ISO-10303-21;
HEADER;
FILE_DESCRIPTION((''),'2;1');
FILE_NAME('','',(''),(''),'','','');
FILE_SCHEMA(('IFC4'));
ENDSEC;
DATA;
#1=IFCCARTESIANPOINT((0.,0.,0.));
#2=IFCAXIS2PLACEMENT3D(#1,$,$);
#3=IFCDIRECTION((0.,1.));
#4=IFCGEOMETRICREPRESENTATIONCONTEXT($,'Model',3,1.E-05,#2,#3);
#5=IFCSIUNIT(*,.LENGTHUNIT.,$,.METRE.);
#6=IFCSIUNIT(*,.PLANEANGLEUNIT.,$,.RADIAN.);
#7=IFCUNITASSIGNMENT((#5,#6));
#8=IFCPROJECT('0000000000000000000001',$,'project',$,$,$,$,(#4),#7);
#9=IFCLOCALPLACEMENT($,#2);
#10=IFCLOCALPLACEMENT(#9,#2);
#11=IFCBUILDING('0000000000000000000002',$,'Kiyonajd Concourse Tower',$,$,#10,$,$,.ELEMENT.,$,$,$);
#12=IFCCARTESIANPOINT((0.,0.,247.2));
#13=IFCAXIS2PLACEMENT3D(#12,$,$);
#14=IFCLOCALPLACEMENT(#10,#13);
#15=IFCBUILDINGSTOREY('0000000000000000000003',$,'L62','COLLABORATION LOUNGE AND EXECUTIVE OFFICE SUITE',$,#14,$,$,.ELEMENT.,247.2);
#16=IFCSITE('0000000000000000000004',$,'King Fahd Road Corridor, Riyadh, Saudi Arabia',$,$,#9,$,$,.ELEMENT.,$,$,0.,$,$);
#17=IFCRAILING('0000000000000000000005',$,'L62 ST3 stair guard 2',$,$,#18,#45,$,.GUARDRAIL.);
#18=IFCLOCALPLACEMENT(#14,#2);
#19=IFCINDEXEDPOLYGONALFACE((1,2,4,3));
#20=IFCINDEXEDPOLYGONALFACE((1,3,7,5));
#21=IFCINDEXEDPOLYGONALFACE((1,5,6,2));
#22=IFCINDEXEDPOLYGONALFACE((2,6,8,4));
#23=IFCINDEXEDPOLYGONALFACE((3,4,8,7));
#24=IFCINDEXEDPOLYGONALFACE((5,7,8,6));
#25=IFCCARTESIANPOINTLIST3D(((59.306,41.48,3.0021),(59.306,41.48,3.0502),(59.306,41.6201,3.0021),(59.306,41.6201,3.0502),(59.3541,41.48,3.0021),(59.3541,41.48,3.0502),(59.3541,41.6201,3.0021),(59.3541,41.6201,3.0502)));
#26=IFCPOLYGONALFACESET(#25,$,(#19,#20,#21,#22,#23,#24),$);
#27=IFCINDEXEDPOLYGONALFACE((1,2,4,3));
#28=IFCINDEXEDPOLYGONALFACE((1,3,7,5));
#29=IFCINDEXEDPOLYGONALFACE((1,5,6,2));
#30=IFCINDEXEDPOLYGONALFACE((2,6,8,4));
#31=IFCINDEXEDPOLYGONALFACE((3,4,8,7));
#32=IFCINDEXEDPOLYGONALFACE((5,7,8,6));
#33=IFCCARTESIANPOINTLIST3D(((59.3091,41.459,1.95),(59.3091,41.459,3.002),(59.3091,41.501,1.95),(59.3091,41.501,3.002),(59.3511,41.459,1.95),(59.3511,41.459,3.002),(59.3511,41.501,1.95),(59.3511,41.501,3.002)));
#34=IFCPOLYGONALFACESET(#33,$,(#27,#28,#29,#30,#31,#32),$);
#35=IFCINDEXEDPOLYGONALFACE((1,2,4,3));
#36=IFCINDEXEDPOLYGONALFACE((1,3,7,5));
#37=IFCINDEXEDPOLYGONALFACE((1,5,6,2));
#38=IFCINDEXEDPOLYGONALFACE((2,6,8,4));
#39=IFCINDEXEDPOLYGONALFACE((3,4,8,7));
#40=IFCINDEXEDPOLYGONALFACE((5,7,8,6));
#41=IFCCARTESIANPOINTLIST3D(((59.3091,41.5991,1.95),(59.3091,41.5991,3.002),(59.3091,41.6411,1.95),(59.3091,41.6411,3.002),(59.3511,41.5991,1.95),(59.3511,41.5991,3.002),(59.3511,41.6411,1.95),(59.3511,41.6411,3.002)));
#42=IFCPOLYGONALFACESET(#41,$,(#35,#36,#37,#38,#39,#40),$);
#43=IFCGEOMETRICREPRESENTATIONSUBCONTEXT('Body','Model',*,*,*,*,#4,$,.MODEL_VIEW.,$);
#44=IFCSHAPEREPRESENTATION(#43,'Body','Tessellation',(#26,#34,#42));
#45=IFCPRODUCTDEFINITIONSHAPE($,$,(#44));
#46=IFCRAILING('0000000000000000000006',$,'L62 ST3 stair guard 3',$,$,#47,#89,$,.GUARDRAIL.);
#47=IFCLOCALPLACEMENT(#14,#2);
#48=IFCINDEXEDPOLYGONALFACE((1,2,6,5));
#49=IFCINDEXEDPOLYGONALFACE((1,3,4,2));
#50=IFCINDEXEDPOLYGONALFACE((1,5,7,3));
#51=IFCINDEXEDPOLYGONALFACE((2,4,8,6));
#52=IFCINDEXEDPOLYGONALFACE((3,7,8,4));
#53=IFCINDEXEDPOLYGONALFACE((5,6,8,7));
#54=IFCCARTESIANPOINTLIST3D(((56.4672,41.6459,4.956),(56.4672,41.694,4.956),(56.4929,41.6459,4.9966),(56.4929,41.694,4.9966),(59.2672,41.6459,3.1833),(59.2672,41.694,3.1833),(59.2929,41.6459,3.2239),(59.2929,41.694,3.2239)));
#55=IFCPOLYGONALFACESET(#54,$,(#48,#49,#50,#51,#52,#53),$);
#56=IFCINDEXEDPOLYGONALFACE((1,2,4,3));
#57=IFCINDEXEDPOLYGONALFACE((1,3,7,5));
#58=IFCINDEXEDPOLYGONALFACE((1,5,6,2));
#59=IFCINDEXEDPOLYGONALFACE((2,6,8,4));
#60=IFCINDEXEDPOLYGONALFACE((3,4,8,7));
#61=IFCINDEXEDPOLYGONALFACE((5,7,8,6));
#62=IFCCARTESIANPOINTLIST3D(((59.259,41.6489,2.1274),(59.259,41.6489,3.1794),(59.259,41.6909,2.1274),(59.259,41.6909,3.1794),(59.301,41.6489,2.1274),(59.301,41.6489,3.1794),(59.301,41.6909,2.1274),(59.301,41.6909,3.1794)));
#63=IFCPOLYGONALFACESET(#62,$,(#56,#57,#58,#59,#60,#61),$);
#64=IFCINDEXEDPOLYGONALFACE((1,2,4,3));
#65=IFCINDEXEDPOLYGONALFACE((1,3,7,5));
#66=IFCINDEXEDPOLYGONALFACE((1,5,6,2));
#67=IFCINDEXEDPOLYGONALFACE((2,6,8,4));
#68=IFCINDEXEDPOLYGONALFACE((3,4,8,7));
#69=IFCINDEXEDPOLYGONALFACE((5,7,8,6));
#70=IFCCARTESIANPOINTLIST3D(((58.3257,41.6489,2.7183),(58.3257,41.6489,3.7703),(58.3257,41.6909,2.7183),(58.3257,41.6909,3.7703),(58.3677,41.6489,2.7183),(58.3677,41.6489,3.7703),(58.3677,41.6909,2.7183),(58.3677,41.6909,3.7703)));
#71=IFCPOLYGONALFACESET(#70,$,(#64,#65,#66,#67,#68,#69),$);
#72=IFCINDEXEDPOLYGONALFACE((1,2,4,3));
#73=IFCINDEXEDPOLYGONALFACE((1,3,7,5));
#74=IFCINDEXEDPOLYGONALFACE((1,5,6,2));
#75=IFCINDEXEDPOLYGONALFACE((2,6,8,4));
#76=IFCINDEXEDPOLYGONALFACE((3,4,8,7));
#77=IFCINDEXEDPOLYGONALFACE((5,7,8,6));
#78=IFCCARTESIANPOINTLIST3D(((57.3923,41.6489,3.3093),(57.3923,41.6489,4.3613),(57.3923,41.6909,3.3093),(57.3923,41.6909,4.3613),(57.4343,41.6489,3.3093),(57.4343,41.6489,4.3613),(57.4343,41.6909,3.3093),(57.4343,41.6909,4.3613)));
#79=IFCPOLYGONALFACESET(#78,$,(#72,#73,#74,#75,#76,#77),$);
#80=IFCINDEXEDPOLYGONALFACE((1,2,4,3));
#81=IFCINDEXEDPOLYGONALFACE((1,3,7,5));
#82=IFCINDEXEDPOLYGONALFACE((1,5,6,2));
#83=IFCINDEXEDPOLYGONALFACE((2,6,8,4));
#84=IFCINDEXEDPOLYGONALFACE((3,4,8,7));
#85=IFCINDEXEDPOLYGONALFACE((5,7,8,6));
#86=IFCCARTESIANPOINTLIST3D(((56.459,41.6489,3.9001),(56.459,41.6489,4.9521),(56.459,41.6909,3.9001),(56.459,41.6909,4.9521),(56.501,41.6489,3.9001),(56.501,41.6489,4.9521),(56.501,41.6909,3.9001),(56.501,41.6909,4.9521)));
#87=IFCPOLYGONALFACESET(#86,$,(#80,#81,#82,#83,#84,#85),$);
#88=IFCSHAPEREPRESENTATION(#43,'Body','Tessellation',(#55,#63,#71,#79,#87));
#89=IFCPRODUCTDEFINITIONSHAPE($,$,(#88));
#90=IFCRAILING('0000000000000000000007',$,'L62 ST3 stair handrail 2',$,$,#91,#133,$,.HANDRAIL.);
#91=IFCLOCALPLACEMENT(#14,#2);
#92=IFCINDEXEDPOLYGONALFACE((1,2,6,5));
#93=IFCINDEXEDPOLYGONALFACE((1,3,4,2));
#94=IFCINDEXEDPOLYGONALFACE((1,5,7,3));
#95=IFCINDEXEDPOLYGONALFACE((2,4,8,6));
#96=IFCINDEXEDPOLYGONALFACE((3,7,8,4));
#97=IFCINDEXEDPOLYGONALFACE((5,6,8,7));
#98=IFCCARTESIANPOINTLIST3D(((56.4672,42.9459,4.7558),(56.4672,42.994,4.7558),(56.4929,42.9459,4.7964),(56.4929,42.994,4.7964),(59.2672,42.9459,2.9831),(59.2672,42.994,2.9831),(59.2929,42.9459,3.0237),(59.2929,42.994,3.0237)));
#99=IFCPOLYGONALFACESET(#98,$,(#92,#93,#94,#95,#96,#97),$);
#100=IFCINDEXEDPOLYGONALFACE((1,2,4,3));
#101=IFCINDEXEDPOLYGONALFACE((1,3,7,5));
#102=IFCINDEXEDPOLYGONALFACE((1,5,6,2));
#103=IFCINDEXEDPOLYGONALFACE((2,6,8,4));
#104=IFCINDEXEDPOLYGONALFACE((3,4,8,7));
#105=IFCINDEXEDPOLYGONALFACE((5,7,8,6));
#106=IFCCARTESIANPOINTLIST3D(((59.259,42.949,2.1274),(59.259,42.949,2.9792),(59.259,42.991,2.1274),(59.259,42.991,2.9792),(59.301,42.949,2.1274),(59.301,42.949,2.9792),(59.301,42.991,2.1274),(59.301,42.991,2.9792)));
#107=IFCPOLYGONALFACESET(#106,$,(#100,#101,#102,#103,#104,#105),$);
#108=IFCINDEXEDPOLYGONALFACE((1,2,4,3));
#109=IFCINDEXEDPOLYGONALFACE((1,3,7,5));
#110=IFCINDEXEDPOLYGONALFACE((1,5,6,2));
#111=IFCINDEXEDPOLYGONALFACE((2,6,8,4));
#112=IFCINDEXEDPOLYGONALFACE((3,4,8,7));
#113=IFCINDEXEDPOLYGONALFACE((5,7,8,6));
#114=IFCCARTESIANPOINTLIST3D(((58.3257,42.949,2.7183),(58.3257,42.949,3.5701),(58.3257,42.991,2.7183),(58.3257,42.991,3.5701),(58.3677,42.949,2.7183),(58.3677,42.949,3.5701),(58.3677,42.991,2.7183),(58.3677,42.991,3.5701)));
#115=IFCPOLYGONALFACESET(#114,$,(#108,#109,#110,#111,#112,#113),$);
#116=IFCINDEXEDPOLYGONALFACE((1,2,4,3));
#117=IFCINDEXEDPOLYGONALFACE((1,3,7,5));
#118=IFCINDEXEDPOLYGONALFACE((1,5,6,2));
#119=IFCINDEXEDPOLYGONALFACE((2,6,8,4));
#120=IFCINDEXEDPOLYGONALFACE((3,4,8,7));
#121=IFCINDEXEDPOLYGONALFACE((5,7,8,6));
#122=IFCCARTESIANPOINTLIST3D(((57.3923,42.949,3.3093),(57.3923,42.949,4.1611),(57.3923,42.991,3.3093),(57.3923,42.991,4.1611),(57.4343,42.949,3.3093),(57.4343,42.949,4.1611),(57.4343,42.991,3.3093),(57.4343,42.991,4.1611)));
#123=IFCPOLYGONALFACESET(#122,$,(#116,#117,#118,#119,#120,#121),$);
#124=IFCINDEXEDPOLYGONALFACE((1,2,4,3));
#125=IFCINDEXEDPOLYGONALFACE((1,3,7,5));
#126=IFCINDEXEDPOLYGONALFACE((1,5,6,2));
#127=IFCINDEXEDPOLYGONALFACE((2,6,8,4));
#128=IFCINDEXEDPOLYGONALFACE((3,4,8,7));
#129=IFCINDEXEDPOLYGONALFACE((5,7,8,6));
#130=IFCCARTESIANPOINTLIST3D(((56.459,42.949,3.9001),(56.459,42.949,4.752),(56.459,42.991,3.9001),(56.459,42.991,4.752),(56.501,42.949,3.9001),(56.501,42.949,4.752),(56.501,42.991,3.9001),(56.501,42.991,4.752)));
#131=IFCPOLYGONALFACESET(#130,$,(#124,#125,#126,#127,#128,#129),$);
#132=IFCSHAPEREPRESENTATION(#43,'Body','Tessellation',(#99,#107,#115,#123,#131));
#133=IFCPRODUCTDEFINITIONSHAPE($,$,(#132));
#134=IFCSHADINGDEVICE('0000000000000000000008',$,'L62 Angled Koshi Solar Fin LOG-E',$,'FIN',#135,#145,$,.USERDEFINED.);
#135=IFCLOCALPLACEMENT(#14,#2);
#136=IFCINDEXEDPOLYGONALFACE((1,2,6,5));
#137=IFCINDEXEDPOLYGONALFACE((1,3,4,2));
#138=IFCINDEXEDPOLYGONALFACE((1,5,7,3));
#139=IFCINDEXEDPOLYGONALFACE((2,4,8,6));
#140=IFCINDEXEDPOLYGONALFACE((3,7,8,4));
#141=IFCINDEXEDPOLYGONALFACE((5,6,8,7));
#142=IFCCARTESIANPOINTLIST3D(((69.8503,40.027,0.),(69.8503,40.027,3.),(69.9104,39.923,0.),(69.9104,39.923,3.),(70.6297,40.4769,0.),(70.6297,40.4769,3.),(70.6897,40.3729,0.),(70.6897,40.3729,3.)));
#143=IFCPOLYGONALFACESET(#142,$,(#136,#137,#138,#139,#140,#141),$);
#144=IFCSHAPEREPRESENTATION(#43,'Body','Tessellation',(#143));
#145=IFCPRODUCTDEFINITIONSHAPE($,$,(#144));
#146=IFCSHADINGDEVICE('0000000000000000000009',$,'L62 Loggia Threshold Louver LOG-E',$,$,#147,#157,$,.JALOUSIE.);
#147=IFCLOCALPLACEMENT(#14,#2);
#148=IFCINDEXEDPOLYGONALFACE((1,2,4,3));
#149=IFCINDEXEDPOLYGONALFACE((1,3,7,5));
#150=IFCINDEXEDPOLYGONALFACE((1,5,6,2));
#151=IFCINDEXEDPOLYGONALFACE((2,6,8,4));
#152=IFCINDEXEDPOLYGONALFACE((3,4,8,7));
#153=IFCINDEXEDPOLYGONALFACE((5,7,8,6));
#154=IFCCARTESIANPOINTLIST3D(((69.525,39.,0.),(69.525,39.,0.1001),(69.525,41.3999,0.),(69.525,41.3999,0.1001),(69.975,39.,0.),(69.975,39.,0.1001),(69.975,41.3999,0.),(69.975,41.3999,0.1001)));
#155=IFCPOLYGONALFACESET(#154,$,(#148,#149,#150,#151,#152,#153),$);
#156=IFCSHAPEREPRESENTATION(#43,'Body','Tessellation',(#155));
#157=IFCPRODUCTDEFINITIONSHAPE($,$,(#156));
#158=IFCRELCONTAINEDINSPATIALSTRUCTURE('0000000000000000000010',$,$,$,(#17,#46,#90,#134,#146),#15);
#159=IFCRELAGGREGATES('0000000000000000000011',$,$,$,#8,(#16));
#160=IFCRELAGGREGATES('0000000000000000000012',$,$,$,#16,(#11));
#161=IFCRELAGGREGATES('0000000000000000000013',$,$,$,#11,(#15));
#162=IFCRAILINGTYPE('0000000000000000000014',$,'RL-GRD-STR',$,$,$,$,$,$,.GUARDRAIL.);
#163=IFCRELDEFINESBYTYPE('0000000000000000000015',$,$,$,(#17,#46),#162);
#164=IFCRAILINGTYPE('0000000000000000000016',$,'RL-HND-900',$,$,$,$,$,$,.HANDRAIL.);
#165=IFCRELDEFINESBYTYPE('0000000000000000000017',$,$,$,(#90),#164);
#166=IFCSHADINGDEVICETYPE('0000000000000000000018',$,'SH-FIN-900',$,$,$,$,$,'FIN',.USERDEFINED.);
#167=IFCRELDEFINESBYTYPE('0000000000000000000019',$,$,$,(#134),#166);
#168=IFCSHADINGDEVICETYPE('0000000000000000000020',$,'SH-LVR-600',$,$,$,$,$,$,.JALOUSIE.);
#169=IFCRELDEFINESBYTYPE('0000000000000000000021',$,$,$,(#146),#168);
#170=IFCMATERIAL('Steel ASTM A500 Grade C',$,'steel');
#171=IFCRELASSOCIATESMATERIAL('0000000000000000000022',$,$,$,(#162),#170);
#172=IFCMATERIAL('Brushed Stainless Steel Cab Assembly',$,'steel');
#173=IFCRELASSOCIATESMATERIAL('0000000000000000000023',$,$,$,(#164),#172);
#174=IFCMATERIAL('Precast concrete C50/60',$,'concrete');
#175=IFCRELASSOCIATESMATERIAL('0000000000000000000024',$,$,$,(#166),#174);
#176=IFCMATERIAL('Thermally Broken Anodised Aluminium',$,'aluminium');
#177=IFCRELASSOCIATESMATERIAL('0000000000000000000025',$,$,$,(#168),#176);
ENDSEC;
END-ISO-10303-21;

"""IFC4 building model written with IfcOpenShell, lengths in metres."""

from ifc_helpers import new_model, si_unit, direction, frame, origin, origin_2d, place, context, subcontext, project, spatial, rectangle, extrude, material, type_object, element, save


model = new_model("IFC4")

# Units and contexts
model_context = context("Model", 3, precision=1e-05, world=origin(), true_north=direction((0.0, 1.0)))
body_context = subcontext(model_context, "Body", "Model", "MODEL_VIEW")
ifc_project = project(units=[si_unit("LENGTHUNIT", "METRE"), si_unit("PLANEANGLEUNIT", "RADIAN")], contexts=[model_context])

# Site, building, storey
site_placement = place(None, origin())
site = spatial("IfcSite", under=ifc_project, at=site_placement, Name="King Fahd Road Corridor, Riyadh, Saudi Arabia", CompositionType="ELEMENT", RefElevation=0.0)
building_placement = place(site_placement, origin())
building = spatial("IfcBuilding", under=site, at=building_placement, Name="Kiyonajd Concourse Tower", CompositionType="ELEMENT")
storey_placement = place(building_placement, frame((0.0, 0.0, 247.2)))
storey = spatial("IfcBuildingStorey", under=building, at=storey_placement, Name="L62", Description="COLLABORATION LOUNGE AND EXECUTIVE OFFICE SUITE", CompositionType="ELEMENT", Elevation=247.2)

# Shared definitions
ifc_material_1 = material(Name="Thermally Broken Anodised Aluminium", Category="aluminium")

# Shared definitions
ifc_material_2 = material(Name="Precast concrete C50/60", Category="concrete")

# Railings
ifc_material_3 = material(Name="Steel ASTM A500 Grade C", Category="steel")
railing_type_1 = type_object("IfcRailingType", Name="RL-GRD-STR", PredefinedType="GUARDRAIL", material=ifc_material_3)
railing_1_placement = place(storey_placement, frame((59.3301, 41.48, 1.95)))
element("IfcRailing", 1, at=railing_1_placement, inside=storey, type_object=railing_type_1, Name="L62 ST3 stair guard 2", PredefinedType="GUARDRAIL", context=body_context, shape_type="SweptSolid", body=[
    extrude(rectangle(XDim=0.0481, YDim=0.0481, at=origin_2d()), frame((0.0, 0.0, 1.0762), z_axis=(0.0, 1.0, 0.0), x_axis=(-1.0, 0.0, 0.0)), (0.0, 0.0, 1.0), 0.1401),
    extrude(rectangle(XDim=0.042, YDim=0.042, at=origin_2d()), origin(), (0.0, 0.0, 1.0), 1.052),
    extrude(rectangle(XDim=0.042, YDim=0.042, at=origin_2d()), frame((0.0, 0.1401, 0.0)), (0.0, 0.0, 1.0), 1.052),
])
railing_2_placement = place(storey_placement, frame((59.28, 41.6699, 2.1274)))
element("IfcRailing", 2, at=railing_2_placement, inside=storey, type_object=railing_type_1, Name="L62 ST3 stair guard 3", PredefinedType="GUARDRAIL", context=body_context, shape_type="SweptSolid", body=[
    extrude(rectangle(XDim=0.0481, YDim=0.0481, at=origin_2d()), frame((0.0, 0.0, 1.0762), z_axis=(-0.844909, 0.0, 0.53491), x_axis=(0.0, -1.0, 0.0)), (0.0, 0.0, 1.0), 3.314),
    extrude(rectangle(XDim=0.042, YDim=0.042, at=origin_2d()), origin(), (0.0, 0.0, 1.0), 1.052),
    extrude(rectangle(XDim=0.042, YDim=0.042, at=origin_2d()), frame((-0.9333, 0.0, 0.5908)), (0.0, 0.0, 1.0), 1.052),
    extrude(rectangle(XDim=0.042, YDim=0.042, at=origin_2d()), frame((-1.8667, 0.0, 1.1819)), (0.0, 0.0, 1.0), 1.052),
    extrude(rectangle(XDim=0.042, YDim=0.042, at=origin_2d()), frame((-2.8, 0.0, 1.7727)), (0.0, 0.0, 1.0), 1.052),
])
ifc_material_4 = material(Name="Brushed Stainless Steel Cab Assembly", Category="steel")
railing_type_2 = type_object("IfcRailingType", Name="RL-HND-900", PredefinedType="HANDRAIL", material=ifc_material_4)
railing_3_placement = place(storey_placement, frame((59.28, 42.97, 2.1274)))
element("IfcRailing", 3, at=railing_3_placement, inside=storey, type_object=railing_type_2, Name="L62 ST3 stair handrail 2", PredefinedType="HANDRAIL", context=body_context, shape_type="SweptSolid", body=[
    extrude(rectangle(XDim=0.0481, YDim=0.0481, at=origin_2d()), frame((0.0, 0.0, 0.876), z_axis=(-0.844909, 0.0, 0.53491), x_axis=(0.0, -1.0, 0.0)), (0.0, 0.0, 1.0), 3.314),
    extrude(rectangle(XDim=0.042, YDim=0.042, at=origin_2d()), origin(), (0.0, 0.0, 1.0), 0.8518),
    extrude(rectangle(XDim=0.042, YDim=0.042, at=origin_2d()), frame((-0.9333, 0.0, 0.5908)), (0.0, 0.0, 1.0), 0.8518),
    extrude(rectangle(XDim=0.042, YDim=0.042, at=origin_2d()), frame((-1.8667, 0.0, 1.1819)), (0.0, 0.0, 1.0), 0.8518),
    extrude(rectangle(XDim=0.042, YDim=0.042, at=origin_2d()), frame((-2.8, 0.0, 1.7727)), (0.0, 0.0, 1.0), 0.8518),
])

# Shading devices
shading_device_type_1 = type_object("IfcShadingDeviceType", Name="SH-FIN-900", ElementType="FIN", PredefinedType="USERDEFINED", material=ifc_material_2)
shading_device_1_placement = place(storey_placement, frame((70.27, 40.2, 0.0), z_axis=(0.0, 0.0, 1.0), x_axis=(0.866025, 0.5, 0.0)))
element("IfcShadingDevice", 4, at=shading_device_1_placement, inside=storey, type_object=shading_device_type_1, Name="L62 Angled Koshi Solar Fin LOG-E", ObjectType="FIN", PredefinedType="USERDEFINED", context=body_context, shape_type="SweptSolid", body=[
    extrude(rectangle(XDim=0.8999, YDim=0.1201, at=origin_2d()), origin(), (0.0, 0.0, 1.0), 3.0),
])
shading_device_type_2 = type_object("IfcShadingDeviceType", Name="SH-LVR-600", PredefinedType="JALOUSIE", material=ifc_material_1)
shading_device_2_placement = place(storey_placement, frame((69.75, 40.2, 0.0), z_axis=(0.0, 0.0, 1.0), x_axis=(0.0, 1.0, 0.0)))
element("IfcShadingDevice", 5, at=shading_device_2_placement, inside=storey, type_object=shading_device_type_2, Name="L62 Loggia Threshold Louver LOG-E", PredefinedType="JALOUSIE", context=body_context, shape_type="SweptSolid", body=[
    extrude(rectangle(XDim=2.3999, YDim=0.45, at=origin_2d()), origin(), (0.0, 0.0, 1.0), 0.1001),
])

save(model, "model.ifc")
